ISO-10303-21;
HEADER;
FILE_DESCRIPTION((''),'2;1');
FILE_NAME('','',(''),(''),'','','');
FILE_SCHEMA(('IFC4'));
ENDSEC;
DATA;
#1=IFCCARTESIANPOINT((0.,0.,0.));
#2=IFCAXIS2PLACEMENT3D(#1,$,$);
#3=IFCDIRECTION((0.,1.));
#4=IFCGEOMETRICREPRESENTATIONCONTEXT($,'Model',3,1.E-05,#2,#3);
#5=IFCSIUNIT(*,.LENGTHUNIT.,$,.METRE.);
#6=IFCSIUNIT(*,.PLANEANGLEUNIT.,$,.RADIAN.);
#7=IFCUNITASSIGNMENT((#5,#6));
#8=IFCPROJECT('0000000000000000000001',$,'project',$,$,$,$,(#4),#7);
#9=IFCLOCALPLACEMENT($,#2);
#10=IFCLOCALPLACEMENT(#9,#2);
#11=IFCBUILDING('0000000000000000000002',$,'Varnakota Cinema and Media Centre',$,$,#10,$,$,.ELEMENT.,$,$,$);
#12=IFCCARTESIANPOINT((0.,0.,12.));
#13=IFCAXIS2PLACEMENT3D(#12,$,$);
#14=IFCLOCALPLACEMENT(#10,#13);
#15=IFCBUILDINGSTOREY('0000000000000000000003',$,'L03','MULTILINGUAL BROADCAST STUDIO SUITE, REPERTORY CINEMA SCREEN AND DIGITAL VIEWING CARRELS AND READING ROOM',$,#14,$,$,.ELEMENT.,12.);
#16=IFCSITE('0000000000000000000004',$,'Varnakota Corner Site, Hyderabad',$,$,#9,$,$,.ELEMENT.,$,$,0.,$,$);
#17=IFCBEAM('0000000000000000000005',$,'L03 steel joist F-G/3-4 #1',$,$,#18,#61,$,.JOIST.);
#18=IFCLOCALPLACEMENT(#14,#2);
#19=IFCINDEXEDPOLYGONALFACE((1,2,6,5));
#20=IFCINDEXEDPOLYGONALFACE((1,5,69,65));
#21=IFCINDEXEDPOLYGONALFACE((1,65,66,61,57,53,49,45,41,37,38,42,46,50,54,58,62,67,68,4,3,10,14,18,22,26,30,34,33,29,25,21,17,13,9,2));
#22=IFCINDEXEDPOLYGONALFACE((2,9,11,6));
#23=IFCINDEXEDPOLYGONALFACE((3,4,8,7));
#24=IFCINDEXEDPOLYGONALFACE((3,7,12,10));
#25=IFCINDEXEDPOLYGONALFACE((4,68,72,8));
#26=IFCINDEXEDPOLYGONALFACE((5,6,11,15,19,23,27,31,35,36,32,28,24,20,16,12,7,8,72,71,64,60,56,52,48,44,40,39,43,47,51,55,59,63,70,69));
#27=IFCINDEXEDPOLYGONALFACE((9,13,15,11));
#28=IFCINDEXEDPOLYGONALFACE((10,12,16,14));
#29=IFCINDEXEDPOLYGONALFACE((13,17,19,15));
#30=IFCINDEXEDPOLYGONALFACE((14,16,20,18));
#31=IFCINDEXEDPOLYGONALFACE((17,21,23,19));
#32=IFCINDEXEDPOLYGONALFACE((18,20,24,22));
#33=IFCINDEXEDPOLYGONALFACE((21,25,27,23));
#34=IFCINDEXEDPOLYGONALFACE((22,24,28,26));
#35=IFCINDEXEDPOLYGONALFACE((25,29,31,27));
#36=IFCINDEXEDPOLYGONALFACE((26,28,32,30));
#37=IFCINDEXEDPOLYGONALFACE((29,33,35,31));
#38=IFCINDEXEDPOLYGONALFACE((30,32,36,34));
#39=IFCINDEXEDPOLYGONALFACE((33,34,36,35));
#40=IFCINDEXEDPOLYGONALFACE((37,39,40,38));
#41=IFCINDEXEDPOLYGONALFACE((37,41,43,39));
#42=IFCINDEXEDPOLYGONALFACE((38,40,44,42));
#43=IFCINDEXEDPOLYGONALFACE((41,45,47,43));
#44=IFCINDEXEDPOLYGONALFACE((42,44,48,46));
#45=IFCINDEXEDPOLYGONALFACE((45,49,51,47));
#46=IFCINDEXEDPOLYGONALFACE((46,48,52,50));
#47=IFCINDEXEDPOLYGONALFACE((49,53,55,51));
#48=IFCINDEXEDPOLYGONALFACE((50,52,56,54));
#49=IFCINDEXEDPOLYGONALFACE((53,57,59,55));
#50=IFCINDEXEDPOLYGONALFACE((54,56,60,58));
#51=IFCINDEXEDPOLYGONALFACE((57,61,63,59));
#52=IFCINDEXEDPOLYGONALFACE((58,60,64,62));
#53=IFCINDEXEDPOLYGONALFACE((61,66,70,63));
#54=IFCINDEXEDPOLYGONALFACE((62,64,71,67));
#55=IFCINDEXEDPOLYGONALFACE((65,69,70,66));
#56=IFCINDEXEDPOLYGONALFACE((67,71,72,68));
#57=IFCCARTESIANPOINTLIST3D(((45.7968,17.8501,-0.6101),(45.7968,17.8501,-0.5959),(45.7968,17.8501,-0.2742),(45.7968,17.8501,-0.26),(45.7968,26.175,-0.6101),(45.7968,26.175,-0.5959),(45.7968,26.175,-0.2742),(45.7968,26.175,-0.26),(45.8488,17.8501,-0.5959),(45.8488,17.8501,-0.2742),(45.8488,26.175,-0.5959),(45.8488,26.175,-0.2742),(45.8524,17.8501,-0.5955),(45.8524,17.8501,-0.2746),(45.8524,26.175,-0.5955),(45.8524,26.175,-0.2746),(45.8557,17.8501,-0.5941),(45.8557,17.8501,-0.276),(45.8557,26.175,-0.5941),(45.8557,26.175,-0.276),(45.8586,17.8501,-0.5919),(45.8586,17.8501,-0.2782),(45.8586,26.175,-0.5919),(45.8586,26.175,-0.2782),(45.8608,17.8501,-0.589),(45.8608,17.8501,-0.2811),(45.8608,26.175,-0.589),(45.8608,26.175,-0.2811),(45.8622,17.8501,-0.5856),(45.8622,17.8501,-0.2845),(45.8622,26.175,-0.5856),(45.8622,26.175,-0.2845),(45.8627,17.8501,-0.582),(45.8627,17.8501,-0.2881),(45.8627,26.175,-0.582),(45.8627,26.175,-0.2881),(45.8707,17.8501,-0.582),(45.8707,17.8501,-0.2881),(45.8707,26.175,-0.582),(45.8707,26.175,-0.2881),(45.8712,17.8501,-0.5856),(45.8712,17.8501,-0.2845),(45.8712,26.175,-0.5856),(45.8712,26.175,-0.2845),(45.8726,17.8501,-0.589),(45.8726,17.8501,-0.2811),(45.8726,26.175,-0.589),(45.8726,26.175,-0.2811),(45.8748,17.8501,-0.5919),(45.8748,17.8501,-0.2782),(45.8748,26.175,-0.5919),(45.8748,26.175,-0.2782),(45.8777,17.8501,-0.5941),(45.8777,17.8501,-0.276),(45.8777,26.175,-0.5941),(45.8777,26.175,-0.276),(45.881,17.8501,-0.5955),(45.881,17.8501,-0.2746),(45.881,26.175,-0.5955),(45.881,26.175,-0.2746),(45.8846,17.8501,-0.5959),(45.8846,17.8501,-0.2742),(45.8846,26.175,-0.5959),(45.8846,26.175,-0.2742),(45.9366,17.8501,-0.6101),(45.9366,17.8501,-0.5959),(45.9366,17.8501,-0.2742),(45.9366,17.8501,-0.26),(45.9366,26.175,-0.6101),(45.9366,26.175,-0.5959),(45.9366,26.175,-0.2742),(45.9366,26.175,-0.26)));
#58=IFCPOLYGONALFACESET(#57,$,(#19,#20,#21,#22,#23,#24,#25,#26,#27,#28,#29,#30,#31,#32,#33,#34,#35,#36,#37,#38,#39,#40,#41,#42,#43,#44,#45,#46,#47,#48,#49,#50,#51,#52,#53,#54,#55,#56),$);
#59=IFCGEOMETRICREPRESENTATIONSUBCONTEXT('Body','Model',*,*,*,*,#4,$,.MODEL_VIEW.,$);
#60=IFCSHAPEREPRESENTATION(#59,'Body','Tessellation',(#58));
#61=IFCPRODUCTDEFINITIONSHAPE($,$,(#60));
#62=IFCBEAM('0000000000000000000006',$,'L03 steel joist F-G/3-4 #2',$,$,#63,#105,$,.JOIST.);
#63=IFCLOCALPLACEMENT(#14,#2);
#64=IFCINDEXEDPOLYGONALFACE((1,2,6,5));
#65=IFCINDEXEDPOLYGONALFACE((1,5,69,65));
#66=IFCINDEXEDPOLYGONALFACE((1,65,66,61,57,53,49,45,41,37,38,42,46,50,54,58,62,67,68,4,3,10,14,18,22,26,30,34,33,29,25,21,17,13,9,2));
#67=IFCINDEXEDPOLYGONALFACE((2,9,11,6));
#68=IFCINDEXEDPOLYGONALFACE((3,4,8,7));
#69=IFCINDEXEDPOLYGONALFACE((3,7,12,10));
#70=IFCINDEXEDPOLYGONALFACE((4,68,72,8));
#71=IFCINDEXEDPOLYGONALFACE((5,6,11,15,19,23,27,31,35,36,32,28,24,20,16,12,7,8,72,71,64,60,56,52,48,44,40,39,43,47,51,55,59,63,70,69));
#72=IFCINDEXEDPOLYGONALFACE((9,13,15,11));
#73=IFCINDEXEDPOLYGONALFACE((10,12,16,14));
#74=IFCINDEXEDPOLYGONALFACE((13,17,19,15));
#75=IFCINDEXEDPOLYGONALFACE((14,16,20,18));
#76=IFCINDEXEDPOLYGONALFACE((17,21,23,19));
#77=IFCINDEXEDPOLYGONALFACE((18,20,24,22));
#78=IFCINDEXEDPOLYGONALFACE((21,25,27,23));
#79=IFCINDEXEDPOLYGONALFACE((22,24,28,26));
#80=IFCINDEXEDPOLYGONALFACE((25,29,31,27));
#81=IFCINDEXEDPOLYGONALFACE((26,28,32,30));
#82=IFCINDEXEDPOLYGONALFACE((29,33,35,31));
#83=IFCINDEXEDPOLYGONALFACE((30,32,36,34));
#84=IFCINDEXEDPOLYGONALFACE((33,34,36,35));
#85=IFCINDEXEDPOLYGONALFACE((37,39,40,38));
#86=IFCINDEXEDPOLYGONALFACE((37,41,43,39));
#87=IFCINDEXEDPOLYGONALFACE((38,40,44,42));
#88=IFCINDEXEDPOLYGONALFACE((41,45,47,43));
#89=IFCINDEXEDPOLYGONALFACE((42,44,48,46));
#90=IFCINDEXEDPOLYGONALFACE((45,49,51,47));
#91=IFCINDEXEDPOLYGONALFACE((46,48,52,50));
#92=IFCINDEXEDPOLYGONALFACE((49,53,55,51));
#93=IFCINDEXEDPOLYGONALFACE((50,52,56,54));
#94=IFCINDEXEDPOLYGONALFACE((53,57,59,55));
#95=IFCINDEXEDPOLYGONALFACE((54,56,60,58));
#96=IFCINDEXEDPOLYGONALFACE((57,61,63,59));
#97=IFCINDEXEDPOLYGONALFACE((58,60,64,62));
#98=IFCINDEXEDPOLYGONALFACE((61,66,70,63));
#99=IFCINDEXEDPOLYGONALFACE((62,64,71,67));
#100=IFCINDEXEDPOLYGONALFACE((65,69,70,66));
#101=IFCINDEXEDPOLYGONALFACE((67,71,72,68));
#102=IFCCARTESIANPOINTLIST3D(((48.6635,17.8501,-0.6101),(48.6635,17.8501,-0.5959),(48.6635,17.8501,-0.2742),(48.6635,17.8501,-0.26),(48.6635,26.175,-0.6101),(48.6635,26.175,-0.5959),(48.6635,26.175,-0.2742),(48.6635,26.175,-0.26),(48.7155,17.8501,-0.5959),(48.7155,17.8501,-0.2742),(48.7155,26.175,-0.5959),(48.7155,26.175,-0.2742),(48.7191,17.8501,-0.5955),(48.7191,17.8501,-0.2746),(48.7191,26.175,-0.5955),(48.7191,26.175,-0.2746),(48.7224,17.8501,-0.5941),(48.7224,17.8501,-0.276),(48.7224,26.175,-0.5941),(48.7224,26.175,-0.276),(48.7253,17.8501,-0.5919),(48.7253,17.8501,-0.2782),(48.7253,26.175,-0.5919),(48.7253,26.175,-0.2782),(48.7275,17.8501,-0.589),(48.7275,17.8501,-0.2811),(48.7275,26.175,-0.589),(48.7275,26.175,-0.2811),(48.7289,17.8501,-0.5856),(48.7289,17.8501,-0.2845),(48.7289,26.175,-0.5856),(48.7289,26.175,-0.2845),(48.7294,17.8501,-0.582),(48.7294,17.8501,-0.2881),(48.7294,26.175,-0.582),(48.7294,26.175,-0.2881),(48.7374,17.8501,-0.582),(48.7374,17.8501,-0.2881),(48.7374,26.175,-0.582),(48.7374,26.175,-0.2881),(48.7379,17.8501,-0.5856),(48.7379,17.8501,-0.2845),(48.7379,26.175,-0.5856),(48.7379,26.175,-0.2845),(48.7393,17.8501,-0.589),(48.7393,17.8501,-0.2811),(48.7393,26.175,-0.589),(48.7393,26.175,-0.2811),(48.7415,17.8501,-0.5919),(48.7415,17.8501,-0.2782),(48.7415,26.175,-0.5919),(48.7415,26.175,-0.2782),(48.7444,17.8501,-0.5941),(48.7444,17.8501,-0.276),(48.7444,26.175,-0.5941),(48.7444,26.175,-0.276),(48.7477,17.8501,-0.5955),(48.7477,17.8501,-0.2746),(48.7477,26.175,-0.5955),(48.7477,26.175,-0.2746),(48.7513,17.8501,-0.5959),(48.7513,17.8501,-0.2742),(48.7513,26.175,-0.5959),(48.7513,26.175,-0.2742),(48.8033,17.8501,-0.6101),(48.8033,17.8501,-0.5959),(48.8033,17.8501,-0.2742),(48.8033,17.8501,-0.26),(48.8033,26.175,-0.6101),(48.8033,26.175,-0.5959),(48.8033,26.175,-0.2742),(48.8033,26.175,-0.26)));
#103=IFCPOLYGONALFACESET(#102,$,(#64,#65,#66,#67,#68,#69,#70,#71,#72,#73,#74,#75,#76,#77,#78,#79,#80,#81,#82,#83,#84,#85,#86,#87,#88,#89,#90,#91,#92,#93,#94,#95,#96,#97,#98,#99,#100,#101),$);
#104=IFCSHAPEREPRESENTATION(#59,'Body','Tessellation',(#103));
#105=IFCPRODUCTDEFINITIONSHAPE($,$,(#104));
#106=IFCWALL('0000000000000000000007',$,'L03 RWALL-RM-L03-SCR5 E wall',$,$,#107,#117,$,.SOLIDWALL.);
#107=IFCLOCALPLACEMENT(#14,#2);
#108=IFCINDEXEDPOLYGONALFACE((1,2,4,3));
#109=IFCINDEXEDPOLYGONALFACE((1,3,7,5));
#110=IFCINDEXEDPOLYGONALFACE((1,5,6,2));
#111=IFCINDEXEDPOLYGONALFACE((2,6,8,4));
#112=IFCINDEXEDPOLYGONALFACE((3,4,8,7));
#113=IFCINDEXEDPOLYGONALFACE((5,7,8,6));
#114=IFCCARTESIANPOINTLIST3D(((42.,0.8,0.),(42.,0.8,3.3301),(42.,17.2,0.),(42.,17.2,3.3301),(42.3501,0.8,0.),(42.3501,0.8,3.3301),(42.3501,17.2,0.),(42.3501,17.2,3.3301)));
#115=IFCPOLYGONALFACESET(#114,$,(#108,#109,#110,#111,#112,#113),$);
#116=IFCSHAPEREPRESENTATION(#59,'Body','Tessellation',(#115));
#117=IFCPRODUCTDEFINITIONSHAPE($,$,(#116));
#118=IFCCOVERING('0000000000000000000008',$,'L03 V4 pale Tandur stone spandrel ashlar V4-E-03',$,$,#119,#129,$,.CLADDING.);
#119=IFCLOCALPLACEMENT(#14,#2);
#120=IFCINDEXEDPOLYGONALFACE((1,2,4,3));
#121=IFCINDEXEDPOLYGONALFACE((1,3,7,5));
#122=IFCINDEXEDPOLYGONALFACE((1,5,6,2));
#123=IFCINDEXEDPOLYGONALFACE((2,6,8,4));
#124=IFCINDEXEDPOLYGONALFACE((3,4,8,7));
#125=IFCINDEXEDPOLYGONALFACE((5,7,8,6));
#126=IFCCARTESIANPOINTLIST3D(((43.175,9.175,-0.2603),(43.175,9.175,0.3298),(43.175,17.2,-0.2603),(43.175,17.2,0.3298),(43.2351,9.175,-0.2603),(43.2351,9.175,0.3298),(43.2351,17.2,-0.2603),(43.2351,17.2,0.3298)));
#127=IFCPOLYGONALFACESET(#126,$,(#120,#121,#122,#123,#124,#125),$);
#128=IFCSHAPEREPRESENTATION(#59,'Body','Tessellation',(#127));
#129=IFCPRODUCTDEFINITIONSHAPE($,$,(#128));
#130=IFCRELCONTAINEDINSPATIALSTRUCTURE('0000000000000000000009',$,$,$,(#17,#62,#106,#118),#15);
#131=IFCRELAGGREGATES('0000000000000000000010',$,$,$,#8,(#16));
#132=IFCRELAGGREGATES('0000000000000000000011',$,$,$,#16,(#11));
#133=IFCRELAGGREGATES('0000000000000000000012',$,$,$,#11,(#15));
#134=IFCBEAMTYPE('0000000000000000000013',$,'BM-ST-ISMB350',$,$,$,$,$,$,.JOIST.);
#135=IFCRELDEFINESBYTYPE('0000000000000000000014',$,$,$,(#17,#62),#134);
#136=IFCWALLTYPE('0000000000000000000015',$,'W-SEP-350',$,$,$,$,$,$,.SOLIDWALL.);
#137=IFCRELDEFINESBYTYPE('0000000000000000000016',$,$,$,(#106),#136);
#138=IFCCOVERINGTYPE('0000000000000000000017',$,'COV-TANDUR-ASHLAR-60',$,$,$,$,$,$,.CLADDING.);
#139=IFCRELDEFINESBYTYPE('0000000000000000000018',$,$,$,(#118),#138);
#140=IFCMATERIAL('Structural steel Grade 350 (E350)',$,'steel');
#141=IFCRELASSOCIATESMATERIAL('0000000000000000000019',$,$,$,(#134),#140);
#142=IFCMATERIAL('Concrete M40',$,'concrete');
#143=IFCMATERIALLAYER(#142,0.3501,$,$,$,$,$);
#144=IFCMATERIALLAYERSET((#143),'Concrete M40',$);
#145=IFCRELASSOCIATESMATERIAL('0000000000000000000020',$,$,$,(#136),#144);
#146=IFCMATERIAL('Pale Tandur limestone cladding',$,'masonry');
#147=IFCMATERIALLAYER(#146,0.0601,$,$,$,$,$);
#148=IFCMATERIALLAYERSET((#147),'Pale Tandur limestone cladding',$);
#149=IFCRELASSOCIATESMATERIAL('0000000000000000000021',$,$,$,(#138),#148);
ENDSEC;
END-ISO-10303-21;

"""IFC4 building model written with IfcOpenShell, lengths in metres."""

from ifc_helpers import new_model, si_unit, direction, frame, frame_2d, origin, origin_2d, place, context, subcontext, project, spatial, rectangle, i_section, extrude, material, layer, layer_set, material_profile, profile_set, type_object, element, save


model = new_model("IFC4")

# Units and contexts
model_context = context("Model", 3, precision=1e-05, world=origin(), true_north=direction((0.0, 1.0)))
body_context = subcontext(model_context, "Body", "Model", "MODEL_VIEW")
ifc_project = project(units=[si_unit("LENGTHUNIT", "METRE"), si_unit("PLANEANGLEUNIT", "RADIAN")], contexts=[model_context])

# Site, building, storey
site_placement = place(None, origin())
site = spatial("IfcSite", under=ifc_project, at=site_placement, Name="Varnakota Corner Site, Hyderabad", CompositionType="ELEMENT", RefElevation=0.0)
building_placement = place(site_placement, origin())
building = spatial("IfcBuilding", under=site, at=building_placement, Name="Varnakota Cinema and Media Centre", CompositionType="ELEMENT")
storey_placement = place(building_placement, frame((0.0, 0.0, 12.0)))
storey = spatial("IfcBuildingStorey", under=building, at=storey_placement, Name="L03", Description="MULTILINGUAL BROADCAST STUDIO SUITE, REPERTORY CINEMA SCREEN AND DIGITAL VIEWING CARRELS AND READING ROOM", CompositionType="ELEMENT", Elevation=12.0)

# Beams
ifc_material_1 = material(Name="Structural steel Grade 350 (E350)", Category="steel")
ifc_material_profile_1 = material_profile(ifc_material_1, i_section(OverallWidth=0.1399, OverallDepth=0.3501, WebThickness=0.0081, FlangeThickness=0.0142, FilletRadius=0.0139, at=origin_2d()), Name="ISMB 350")
ifc_profile_set_1 = profile_set([ifc_material_profile_1], Name="Structural steel Grade 350 (E350)")
beam_type_1 = type_object("IfcBeamType", Name="BM-ST-ISMB350", PredefinedType="JOIST", material=ifc_profile_set_1)
for number, where, z_axis, x_axis, name in (
    (1, (45.8667, 17.8501, -0.4351), (0.0, 1.0, 0.0), (-1.0, 0.0, 0.0), "L03 steel joist F-G/3-4 #1"),
    (2, (48.7334, 17.8501, -0.4351), (0.0, 1.0, 0.0), (-1.0, 0.0, 0.0), "L03 steel joist F-G/3-4 #2"),
):
    element("IfcBeam", number, at=place(storey_placement, frame(where, z_axis=z_axis, x_axis=x_axis)), inside=storey, type_object=beam_type_1, Name=name, PredefinedType="JOIST", context=body_context, shape_type="SweptSolid", body=[
        extrude(i_section(OverallWidth=0.1399, OverallDepth=0.3501, WebThickness=0.0081, FlangeThickness=0.0142, FilletRadius=0.0139, at=origin_2d()), origin(), (0.0, 0.0, 1.0), 8.325),
    ])

# Wall
ifc_material_2 = material(Name="Concrete M40", Category="concrete")
ifc_layer_1 = layer(ifc_material_2, 0.3501)
ifc_layer_set_1 = layer_set([ifc_layer_1], Name="Concrete M40")
wall_type_1 = type_object("IfcWallType", Name="W-SEP-350", PredefinedType="SOLIDWALL", material=ifc_layer_set_1)
wall_1_placement = place(storey_placement, frame((42.175, 17.2, 0.0), z_axis=(0.0, 0.0, 1.0), x_axis=(0.0, -1.0, 0.0)))
element("IfcWall", 3, at=wall_1_placement, inside=storey, type_object=wall_type_1, Name="L03 RWALL-RM-L03-SCR5 E wall", PredefinedType="SOLIDWALL", context=body_context, shape_type="SweptSolid", body=[
    extrude(rectangle(XDim=16.3999, YDim=0.3501, at=frame_2d((8.2, 0.0))), origin(), (0.0, 0.0, 1.0), 3.3301),
])

# Covering
ifc_material_3 = material(Name="Pale Tandur limestone cladding", Category="masonry")
ifc_layer_2 = layer(ifc_material_3, 0.0601)
ifc_layer_set_2 = layer_set([ifc_layer_2], Name="Pale Tandur limestone cladding")
covering_type = type_object("IfcCoveringType", Name="COV-TANDUR-ASHLAR-60", PredefinedType="CLADDING", material=ifc_layer_set_2)
covering_placement = place(storey_placement, frame((43.2051, 13.1875, -0.2603), z_axis=(0.0, 0.0, 1.0), x_axis=(0.0, -1.0, 0.0)))
element("IfcCovering", 4, at=covering_placement, inside=storey, type_object=covering_type, Name="L03 V4 pale Tandur stone spandrel ashlar V4-E-03", PredefinedType="CLADDING", context=body_context, shape_type="SweptSolid", body=[
    extrude(rectangle(XDim=8.0249, YDim=0.0601, at=origin_2d()), origin(), (0.0, 0.0, 1.0), 0.5901),
])

save(model, "model.ifc")
